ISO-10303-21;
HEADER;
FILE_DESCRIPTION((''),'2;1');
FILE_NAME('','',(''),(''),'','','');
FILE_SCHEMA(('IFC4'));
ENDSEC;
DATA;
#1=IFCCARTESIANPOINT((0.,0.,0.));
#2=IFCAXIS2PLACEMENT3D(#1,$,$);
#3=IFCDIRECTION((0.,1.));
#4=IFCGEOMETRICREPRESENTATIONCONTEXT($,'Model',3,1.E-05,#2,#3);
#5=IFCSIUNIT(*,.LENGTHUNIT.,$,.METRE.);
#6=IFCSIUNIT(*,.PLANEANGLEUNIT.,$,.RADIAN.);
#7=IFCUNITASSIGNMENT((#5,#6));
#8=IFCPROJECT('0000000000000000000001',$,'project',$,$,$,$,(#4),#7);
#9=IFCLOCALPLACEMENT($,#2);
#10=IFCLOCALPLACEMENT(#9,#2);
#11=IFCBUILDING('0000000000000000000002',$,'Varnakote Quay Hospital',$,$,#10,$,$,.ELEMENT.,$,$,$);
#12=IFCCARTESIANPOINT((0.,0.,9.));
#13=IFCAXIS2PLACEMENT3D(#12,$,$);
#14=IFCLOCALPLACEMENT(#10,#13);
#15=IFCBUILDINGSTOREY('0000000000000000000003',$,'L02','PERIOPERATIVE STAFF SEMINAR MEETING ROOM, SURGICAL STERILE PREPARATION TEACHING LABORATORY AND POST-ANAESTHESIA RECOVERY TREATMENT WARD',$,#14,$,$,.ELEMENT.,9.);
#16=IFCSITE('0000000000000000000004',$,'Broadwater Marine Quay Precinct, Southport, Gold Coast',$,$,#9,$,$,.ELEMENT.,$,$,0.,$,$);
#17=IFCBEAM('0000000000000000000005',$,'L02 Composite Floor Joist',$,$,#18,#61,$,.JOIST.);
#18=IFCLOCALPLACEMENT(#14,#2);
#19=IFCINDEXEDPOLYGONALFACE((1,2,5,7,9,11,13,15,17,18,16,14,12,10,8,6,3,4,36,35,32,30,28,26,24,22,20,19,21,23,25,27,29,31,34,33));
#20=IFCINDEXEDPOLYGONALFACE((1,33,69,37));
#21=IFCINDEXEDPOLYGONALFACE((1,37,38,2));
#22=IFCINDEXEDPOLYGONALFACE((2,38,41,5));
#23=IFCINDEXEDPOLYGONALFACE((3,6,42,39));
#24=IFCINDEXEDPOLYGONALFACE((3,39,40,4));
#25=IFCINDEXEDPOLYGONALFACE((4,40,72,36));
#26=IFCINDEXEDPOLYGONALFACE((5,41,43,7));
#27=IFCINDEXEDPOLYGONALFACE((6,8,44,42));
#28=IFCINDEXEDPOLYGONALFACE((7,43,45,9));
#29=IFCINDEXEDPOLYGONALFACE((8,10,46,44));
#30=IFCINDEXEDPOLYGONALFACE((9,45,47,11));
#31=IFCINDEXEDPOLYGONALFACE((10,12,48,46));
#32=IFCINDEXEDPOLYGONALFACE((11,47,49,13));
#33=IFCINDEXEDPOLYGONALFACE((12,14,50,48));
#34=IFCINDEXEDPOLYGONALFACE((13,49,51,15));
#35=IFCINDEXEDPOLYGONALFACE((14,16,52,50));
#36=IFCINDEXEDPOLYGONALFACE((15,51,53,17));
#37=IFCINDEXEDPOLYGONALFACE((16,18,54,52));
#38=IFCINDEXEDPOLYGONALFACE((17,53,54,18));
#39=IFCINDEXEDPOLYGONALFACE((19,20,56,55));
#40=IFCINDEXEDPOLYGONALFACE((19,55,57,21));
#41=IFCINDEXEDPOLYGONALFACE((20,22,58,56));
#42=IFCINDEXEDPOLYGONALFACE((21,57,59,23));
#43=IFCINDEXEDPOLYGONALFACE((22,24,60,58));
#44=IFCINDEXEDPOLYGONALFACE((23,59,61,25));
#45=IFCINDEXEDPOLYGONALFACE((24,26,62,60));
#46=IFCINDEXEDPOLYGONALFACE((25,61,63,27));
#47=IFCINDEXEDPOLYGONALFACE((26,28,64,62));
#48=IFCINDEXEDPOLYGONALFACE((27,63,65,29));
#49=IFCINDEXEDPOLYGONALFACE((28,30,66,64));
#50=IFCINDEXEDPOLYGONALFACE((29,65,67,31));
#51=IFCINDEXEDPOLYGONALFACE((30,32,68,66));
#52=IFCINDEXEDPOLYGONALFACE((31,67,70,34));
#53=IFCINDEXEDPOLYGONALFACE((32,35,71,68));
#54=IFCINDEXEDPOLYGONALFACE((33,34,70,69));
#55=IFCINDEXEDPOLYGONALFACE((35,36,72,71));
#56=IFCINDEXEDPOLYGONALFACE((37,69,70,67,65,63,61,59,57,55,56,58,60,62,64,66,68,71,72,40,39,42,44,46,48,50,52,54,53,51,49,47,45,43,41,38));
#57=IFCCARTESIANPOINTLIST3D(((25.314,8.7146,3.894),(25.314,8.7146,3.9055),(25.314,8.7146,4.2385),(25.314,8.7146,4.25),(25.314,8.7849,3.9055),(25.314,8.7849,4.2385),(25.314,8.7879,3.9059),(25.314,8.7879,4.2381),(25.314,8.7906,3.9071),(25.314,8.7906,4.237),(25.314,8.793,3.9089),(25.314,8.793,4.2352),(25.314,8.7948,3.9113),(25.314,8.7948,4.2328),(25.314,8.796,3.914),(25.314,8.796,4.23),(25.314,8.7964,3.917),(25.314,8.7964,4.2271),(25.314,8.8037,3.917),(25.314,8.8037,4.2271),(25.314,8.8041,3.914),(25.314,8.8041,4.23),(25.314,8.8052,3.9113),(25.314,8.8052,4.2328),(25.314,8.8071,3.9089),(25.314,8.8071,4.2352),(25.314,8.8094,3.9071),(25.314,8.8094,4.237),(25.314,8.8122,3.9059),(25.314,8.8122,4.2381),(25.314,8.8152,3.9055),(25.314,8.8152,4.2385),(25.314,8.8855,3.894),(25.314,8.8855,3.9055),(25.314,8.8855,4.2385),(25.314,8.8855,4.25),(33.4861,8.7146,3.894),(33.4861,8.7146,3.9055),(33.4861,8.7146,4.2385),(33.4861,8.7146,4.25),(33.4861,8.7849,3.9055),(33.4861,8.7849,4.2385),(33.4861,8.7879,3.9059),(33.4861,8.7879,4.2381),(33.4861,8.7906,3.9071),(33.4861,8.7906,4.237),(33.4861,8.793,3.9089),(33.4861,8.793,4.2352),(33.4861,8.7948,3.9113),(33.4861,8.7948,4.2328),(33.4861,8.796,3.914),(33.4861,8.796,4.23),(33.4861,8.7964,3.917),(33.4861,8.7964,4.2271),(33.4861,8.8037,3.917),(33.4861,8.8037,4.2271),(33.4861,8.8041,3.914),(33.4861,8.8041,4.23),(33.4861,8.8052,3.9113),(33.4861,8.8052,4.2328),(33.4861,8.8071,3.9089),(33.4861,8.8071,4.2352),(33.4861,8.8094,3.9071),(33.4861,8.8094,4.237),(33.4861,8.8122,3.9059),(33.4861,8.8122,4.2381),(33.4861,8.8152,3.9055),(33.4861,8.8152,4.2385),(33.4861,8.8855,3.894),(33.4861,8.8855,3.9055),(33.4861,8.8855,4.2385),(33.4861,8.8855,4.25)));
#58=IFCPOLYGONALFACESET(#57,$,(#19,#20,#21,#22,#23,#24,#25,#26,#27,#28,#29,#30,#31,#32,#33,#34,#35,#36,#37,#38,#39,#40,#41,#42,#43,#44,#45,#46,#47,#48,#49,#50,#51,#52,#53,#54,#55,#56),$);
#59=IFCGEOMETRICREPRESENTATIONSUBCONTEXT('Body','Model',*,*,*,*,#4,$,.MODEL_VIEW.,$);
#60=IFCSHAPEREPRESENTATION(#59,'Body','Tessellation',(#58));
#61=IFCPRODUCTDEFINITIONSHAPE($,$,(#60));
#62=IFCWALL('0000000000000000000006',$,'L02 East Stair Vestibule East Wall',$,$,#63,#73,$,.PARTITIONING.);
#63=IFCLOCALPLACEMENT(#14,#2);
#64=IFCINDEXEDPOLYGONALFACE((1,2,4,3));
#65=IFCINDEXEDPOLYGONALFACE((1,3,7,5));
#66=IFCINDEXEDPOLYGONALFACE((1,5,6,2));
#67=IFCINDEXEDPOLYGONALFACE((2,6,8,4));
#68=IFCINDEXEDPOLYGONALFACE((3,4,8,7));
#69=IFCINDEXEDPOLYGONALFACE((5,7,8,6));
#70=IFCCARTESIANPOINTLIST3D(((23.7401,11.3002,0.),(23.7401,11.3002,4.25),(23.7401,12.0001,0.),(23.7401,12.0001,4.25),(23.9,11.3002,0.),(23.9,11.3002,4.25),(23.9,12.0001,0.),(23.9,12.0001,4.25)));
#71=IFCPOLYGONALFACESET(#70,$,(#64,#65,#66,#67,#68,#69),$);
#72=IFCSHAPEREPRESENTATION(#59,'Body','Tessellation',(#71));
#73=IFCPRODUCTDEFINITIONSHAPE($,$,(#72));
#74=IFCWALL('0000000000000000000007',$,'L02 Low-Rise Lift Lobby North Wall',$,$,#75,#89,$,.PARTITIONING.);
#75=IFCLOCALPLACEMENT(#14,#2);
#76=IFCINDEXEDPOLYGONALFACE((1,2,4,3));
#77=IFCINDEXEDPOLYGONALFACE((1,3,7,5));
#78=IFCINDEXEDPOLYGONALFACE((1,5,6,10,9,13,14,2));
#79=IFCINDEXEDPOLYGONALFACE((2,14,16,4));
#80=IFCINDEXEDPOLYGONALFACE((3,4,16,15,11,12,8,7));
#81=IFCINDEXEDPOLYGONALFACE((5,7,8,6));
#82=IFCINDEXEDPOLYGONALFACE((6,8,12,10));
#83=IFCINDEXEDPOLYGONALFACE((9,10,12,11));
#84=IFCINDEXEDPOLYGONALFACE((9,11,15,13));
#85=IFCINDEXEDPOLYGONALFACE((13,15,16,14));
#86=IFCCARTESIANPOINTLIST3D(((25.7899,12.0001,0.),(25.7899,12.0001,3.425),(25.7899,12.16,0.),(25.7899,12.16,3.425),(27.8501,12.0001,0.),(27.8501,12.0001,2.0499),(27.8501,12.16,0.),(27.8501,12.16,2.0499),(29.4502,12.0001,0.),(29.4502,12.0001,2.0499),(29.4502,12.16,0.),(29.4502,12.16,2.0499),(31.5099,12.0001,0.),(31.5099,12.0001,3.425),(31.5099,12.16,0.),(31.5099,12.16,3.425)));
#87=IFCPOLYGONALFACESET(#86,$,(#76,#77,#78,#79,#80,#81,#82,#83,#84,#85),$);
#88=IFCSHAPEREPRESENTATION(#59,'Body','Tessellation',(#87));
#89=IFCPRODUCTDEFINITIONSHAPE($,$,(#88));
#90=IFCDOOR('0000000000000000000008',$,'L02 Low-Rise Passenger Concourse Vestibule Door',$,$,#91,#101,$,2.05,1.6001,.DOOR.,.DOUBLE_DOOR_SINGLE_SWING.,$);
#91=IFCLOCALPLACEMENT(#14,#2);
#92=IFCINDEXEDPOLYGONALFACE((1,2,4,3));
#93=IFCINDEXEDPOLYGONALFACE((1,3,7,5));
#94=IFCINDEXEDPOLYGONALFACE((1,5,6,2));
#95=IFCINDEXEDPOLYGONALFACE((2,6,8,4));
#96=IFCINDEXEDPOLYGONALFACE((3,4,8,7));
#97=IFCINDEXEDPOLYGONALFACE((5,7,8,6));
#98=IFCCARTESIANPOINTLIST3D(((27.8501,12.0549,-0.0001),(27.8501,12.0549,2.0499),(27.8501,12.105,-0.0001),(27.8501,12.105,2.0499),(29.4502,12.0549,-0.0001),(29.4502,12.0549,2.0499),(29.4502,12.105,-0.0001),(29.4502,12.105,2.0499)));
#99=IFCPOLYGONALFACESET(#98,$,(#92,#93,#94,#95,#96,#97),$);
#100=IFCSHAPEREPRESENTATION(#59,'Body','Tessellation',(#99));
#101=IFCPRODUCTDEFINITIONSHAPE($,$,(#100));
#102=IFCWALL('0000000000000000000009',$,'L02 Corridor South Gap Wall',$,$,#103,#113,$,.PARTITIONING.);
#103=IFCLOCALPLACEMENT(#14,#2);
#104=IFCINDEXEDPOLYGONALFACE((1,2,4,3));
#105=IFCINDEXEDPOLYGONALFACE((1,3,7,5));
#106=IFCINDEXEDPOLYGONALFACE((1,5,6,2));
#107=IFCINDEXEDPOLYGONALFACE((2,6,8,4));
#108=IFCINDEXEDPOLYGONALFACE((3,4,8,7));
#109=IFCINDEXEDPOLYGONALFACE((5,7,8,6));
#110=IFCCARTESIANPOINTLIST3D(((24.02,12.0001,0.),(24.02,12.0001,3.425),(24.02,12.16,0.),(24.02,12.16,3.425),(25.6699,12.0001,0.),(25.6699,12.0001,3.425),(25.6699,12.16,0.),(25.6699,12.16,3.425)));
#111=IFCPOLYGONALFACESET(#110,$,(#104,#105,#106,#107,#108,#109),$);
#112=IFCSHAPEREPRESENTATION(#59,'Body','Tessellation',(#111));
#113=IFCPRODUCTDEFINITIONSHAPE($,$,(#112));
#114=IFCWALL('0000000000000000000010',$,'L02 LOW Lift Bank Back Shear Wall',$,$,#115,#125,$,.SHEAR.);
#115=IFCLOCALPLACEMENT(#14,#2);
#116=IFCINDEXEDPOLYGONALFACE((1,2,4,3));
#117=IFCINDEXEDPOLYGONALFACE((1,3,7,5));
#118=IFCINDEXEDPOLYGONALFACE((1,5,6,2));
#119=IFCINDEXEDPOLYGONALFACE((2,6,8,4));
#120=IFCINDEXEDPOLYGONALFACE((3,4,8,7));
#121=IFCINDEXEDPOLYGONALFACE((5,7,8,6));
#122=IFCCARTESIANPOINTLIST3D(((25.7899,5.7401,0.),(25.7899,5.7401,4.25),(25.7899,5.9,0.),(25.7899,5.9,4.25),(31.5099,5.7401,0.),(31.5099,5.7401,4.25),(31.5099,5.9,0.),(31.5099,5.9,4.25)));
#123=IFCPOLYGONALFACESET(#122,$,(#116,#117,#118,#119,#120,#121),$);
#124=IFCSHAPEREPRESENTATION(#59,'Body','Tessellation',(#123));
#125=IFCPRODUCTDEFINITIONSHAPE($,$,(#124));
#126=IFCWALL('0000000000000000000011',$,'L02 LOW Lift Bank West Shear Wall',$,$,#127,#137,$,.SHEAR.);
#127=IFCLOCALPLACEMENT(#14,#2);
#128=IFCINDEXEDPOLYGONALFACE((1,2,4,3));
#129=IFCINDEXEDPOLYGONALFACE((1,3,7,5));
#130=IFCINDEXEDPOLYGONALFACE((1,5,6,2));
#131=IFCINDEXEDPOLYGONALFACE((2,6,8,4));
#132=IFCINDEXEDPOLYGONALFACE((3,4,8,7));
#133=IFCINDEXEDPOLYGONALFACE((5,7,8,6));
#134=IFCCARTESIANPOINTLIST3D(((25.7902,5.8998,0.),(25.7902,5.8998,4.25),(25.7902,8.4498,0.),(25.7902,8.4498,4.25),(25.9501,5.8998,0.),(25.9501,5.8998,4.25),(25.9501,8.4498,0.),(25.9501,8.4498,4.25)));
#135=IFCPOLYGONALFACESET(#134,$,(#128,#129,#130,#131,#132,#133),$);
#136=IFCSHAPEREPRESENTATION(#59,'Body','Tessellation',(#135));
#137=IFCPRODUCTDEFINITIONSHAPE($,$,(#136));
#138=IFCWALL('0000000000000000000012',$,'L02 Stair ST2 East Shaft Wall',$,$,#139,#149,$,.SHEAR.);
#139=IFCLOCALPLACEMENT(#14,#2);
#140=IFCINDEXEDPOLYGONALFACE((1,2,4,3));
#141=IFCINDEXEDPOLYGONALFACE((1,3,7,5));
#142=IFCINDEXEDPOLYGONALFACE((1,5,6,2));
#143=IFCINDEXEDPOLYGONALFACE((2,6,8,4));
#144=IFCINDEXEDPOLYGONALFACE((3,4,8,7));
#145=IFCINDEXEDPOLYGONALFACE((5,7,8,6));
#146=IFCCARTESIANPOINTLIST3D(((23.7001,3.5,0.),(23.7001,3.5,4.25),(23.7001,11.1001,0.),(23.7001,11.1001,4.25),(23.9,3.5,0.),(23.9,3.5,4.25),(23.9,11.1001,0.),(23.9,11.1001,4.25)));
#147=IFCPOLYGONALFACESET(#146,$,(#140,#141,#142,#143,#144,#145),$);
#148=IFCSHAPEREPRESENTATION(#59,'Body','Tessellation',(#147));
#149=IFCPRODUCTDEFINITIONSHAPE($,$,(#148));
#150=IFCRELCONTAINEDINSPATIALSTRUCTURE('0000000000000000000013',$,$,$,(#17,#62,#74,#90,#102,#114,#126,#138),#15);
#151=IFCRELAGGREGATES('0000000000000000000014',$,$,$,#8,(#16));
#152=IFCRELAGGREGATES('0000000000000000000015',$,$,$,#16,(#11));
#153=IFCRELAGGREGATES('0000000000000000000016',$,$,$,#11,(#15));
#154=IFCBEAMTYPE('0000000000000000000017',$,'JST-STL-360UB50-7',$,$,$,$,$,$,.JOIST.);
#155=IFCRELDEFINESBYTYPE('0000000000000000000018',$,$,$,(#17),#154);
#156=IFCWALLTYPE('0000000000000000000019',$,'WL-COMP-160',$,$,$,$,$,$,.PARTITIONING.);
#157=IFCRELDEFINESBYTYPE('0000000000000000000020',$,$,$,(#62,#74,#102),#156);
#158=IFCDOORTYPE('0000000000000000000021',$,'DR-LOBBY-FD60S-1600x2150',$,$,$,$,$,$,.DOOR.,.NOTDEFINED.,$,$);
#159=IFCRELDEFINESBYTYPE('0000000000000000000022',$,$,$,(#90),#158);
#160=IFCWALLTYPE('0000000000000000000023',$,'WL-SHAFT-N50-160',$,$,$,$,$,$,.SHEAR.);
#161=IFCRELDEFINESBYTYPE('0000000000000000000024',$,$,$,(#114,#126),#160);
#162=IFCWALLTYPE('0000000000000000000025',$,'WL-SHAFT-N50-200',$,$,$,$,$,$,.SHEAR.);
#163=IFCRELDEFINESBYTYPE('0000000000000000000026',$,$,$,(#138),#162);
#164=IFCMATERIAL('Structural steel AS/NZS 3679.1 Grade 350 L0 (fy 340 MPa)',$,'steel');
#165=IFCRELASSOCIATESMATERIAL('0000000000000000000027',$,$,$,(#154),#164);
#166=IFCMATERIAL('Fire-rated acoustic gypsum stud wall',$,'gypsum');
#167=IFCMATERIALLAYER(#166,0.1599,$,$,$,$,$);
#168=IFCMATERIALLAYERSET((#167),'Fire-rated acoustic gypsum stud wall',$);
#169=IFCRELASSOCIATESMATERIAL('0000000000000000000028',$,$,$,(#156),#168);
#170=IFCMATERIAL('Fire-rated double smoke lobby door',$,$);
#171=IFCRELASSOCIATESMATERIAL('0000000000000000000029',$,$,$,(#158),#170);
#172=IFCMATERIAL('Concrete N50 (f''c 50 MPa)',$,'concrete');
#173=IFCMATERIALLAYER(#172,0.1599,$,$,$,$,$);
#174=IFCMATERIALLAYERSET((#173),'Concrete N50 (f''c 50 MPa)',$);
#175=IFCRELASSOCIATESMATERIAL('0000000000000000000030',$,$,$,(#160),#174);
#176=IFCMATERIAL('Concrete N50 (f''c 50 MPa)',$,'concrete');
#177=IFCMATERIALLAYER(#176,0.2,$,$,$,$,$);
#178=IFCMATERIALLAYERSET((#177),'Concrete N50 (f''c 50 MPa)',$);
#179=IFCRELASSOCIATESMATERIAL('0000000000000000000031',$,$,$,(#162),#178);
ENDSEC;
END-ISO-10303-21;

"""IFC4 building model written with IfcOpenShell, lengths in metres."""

from ifc_helpers import new_model, si_unit, direction, frame, frame_2d, origin, origin_2d, place, context, subcontext, project, spatial, rectangle, i_section, extrude, material, layer, layer_set, material_profile, profile_set, type_object, element, fill, save


model = new_model("IFC4")

# Units and contexts
model_context = context("Model", 3, precision=1e-05, world=origin(), true_north=direction((0.0, 1.0)))
body_context = subcontext(model_context, "Body", "Model", "MODEL_VIEW")
ifc_project = project(units=[si_unit("LENGTHUNIT", "METRE"), si_unit("PLANEANGLEUNIT", "RADIAN")], contexts=[model_context])

# Site, building, storey
site_placement = place(None, origin())
site = spatial("IfcSite", under=ifc_project, at=site_placement, Name="Broadwater Marine Quay Precinct, Southport, Gold Coast", CompositionType="ELEMENT", RefElevation=0.0)
building_placement = place(site_placement, origin())
building = spatial("IfcBuilding", under=site, at=building_placement, Name="Varnakote Quay Hospital", CompositionType="ELEMENT")
storey_placement = place(building_placement, frame((0.0, 0.0, 9.0)))
storey = spatial("IfcBuildingStorey", under=building, at=storey_placement, Name="L02", Description="PERIOPERATIVE STAFF SEMINAR MEETING ROOM, SURGICAL STERILE PREPARATION TEACHING LABORATORY AND POST-ANAESTHESIA RECOVERY TREATMENT WARD", CompositionType="ELEMENT", Elevation=9.0)

# Beam
ifc_material_1 = material(Name="Structural steel AS/NZS 3679.1 Grade 350 L0 (fy 340 MPa)", Category="steel")
ifc_material_profile_1 = material_profile(ifc_material_1, i_section(OverallWidth=0.1709, OverallDepth=0.356, WebThickness=0.0073, FlangeThickness=0.0115, FilletRadius=0.0115, at=origin_2d()), Name="360UB50.7")
ifc_profile_set_1 = profile_set([ifc_material_profile_1], Name="Structural steel AS/NZS 3679.1 Grade 350 L0 (fy 340 MPa)")
beam_type_1 = type_object("IfcBeamType", Name="JST-STL-360UB50-7", PredefinedType="JOIST", material=ifc_profile_set_1)
beam_1_placement = place(storey_placement, frame((25.314, 8.8, 4.072), z_axis=(1.0, 0.0, 0.0), x_axis=(0.0, 1.0, 0.0)))
element("IfcBeam", 1, at=beam_1_placement, inside=storey, type_object=beam_type_1, Name="L02 Composite Floor Joist", PredefinedType="JOIST", context=body_context, shape_type="SweptSolid", body=[
    extrude(i_section(OverallWidth=0.1709, OverallDepth=0.356, WebThickness=0.0073, FlangeThickness=0.0115, FilletRadius=0.0115, at=origin_2d()), origin(), (0.0, 0.0, 1.0), 8.1721),
])

# Wall
ifc_material_2 = material(Name="Fire-rated acoustic gypsum stud wall", Category="gypsum")
ifc_layer_1 = layer(ifc_material_2, 0.1599)
ifc_layer_set_1 = layer_set([ifc_layer_1], Name="Fire-rated acoustic gypsum stud wall")
wall_type_1 = type_object("IfcWallType", Name="WL-COMP-160", PredefinedType="PARTITIONING", material=ifc_layer_set_1)
wall_1_placement = place(storey_placement, frame((23.8201, 11.3, 0.0), z_axis=(0.0, 0.0, 1.0), x_axis=(0.0, 1.0, 0.0)))
element("IfcWall", 2, at=wall_1_placement, inside=storey, type_object=wall_type_1, Name="L02 East Stair Vestibule East Wall", PredefinedType="PARTITIONING", context=body_context, shape_type="SweptSolid", body=[
    extrude(rectangle(XDim=0.7, YDim=0.1599, at=frame_2d((0.3501, 0.0))), origin(), (0.0, 0.0, 1.0), 4.25),
])

# Wall, opening, door
wall_2_placement = place(storey_placement, frame((25.79, 12.0801, 0.0), z_axis=(0.0, 0.0, 1.0), x_axis=(1.0, 0.0, 0.0)))
wall_2 = element("IfcWall", 3, at=wall_2_placement, inside=storey, type_object=wall_type_1, Name="L02 Low-Rise Lift Lobby North Wall", PredefinedType="PARTITIONING", context=body_context, shape_type="SweptSolid", body=[
    extrude(rectangle(XDim=5.72, YDim=0.1599, at=frame_2d((2.8599, 0.0))), origin(), (0.0, 0.0, 1.0), 3.425),
])
opening_1_placement = place(wall_2_placement, frame((2.0601, 0.0, 0.0)))
opening_1 = element("IfcOpeningElement", 4, at=opening_1_placement, cuts=wall_2, PredefinedType="OPENING", context=body_context, shape_type="SweptSolid", body=[
    extrude(rectangle(XDim=1.6001, YDim=2.05, at=frame_2d((0.8, 1.0249))), frame((0.0, 0.0898, 0.0), z_axis=(0.0, -1.0, 0.0), x_axis=(1.0, 0.0, 0.0)), (0.0, 0.0, 1.0), 0.1799),
])
ifc_material_3 = material(Name="Fire-rated double smoke lobby door")
door_type_1 = type_object("IfcDoorType", Name="DR-LOBBY-FD60S-1600x2150", OperationType="NOTDEFINED", PredefinedType="DOOR", material=ifc_material_3)
door_1_placement = place(opening_1_placement, origin())
door_1 = element("IfcDoor", 5, at=door_1_placement, inside=storey, type_object=door_type_1, Name="L02 Low-Rise Passenger Concourse Vestibule Door", OperationType="DOUBLE_DOOR_SINGLE_SWING", OverallHeight=2.05, OverallWidth=1.6001, PredefinedType="DOOR", context=body_context, shape_type="SweptSolid", body=[
    extrude(rectangle(XDim=1.6001, YDim=2.05, at=frame_2d((0.8, 1.0249))), frame((0.0, 0.0249, 0.0), z_axis=(0.0, -1.0, 0.0), x_axis=(1.0, 0.0, 0.0)), (0.0, 0.0, 1.0), 0.05),
])
fill(opening_1, door_1)

# Walls
wall_3_placement = place(storey_placement, frame((24.02, 12.0801, 0.0), z_axis=(0.0, 0.0, 1.0), x_axis=(1.0, 0.0, 0.0)))
element("IfcWall", 6, at=wall_3_placement, inside=storey, type_object=wall_type_1, Name="L02 Corridor South Gap Wall", PredefinedType="PARTITIONING", context=body_context, shape_type="SweptSolid", body=[
    extrude(rectangle(XDim=1.6499, YDim=0.1599, at=frame_2d((0.825, 0.0))), origin(), (0.0, 0.0, 1.0), 3.425),
])
ifc_material_4 = material(Name="Concrete N50 (f'c 50 MPa)", Category="concrete")
ifc_layer_2 = layer(ifc_material_4, 0.1599)
ifc_layer_set_2 = layer_set([ifc_layer_2], Name="Concrete N50 (f'c 50 MPa)")
wall_type_2 = type_object("IfcWallType", Name="WL-SHAFT-N50-160", PredefinedType="SHEAR", material=ifc_layer_set_2)
wall_4_placement = place(storey_placement, frame((25.79, 5.8201, 0.0), z_axis=(0.0, 0.0, 1.0), x_axis=(1.0, 0.0, 0.0)))
element("IfcWall", 7, at=wall_4_placement, inside=storey, type_object=wall_type_2, Name="L02 LOW Lift Bank Back Shear Wall", PredefinedType="SHEAR", context=body_context, shape_type="SweptSolid", body=[
    extrude(rectangle(XDim=5.72, YDim=0.1599, at=frame_2d((2.8599, 0.0))), origin(), (0.0, 0.0, 1.0), 4.25),
])
wall_5_placement = place(storey_placement, frame((25.8701, 5.8999, 0.0), z_axis=(0.0, 0.0, 1.0), x_axis=(0.0, 1.0, 0.0)))
element("IfcWall", 8, at=wall_5_placement, inside=storey, type_object=wall_type_2, Name="L02 LOW Lift Bank West Shear Wall", PredefinedType="SHEAR", context=body_context, shape_type="SweptSolid", body=[
    extrude(rectangle(XDim=2.55, YDim=0.1599, at=frame_2d((1.2749, 0.0))), origin(), (0.0, 0.0, 1.0), 4.25),
])

# Wall
ifc_material_5 = material(Name="Concrete N50 (f'c 50 MPa)", Category="concrete")
ifc_layer_3 = layer(ifc_material_5, 0.2)
ifc_layer_set_3 = layer_set([ifc_layer_3], Name="Concrete N50 (f'c 50 MPa)")
wall_type_3 = type_object("IfcWallType", Name="WL-SHAFT-N50-200", PredefinedType="SHEAR", material=ifc_layer_set_3)
wall_6_placement = place(storey_placement, frame((23.8, 3.5, 0.0), z_axis=(0.0, 0.0, 1.0), x_axis=(0.0, 1.0, 0.0)))
element("IfcWall", 9, at=wall_6_placement, inside=storey, type_object=wall_type_3, Name="L02 Stair ST2 East Shaft Wall", PredefinedType="SHEAR", context=body_context, shape_type="SweptSolid", body=[
    extrude(rectangle(XDim=7.6001, YDim=0.2, at=frame_2d((3.8, 0.0))), origin(), (0.0, 0.0, 1.0), 4.25),
])

save(model, "model.ifc")
